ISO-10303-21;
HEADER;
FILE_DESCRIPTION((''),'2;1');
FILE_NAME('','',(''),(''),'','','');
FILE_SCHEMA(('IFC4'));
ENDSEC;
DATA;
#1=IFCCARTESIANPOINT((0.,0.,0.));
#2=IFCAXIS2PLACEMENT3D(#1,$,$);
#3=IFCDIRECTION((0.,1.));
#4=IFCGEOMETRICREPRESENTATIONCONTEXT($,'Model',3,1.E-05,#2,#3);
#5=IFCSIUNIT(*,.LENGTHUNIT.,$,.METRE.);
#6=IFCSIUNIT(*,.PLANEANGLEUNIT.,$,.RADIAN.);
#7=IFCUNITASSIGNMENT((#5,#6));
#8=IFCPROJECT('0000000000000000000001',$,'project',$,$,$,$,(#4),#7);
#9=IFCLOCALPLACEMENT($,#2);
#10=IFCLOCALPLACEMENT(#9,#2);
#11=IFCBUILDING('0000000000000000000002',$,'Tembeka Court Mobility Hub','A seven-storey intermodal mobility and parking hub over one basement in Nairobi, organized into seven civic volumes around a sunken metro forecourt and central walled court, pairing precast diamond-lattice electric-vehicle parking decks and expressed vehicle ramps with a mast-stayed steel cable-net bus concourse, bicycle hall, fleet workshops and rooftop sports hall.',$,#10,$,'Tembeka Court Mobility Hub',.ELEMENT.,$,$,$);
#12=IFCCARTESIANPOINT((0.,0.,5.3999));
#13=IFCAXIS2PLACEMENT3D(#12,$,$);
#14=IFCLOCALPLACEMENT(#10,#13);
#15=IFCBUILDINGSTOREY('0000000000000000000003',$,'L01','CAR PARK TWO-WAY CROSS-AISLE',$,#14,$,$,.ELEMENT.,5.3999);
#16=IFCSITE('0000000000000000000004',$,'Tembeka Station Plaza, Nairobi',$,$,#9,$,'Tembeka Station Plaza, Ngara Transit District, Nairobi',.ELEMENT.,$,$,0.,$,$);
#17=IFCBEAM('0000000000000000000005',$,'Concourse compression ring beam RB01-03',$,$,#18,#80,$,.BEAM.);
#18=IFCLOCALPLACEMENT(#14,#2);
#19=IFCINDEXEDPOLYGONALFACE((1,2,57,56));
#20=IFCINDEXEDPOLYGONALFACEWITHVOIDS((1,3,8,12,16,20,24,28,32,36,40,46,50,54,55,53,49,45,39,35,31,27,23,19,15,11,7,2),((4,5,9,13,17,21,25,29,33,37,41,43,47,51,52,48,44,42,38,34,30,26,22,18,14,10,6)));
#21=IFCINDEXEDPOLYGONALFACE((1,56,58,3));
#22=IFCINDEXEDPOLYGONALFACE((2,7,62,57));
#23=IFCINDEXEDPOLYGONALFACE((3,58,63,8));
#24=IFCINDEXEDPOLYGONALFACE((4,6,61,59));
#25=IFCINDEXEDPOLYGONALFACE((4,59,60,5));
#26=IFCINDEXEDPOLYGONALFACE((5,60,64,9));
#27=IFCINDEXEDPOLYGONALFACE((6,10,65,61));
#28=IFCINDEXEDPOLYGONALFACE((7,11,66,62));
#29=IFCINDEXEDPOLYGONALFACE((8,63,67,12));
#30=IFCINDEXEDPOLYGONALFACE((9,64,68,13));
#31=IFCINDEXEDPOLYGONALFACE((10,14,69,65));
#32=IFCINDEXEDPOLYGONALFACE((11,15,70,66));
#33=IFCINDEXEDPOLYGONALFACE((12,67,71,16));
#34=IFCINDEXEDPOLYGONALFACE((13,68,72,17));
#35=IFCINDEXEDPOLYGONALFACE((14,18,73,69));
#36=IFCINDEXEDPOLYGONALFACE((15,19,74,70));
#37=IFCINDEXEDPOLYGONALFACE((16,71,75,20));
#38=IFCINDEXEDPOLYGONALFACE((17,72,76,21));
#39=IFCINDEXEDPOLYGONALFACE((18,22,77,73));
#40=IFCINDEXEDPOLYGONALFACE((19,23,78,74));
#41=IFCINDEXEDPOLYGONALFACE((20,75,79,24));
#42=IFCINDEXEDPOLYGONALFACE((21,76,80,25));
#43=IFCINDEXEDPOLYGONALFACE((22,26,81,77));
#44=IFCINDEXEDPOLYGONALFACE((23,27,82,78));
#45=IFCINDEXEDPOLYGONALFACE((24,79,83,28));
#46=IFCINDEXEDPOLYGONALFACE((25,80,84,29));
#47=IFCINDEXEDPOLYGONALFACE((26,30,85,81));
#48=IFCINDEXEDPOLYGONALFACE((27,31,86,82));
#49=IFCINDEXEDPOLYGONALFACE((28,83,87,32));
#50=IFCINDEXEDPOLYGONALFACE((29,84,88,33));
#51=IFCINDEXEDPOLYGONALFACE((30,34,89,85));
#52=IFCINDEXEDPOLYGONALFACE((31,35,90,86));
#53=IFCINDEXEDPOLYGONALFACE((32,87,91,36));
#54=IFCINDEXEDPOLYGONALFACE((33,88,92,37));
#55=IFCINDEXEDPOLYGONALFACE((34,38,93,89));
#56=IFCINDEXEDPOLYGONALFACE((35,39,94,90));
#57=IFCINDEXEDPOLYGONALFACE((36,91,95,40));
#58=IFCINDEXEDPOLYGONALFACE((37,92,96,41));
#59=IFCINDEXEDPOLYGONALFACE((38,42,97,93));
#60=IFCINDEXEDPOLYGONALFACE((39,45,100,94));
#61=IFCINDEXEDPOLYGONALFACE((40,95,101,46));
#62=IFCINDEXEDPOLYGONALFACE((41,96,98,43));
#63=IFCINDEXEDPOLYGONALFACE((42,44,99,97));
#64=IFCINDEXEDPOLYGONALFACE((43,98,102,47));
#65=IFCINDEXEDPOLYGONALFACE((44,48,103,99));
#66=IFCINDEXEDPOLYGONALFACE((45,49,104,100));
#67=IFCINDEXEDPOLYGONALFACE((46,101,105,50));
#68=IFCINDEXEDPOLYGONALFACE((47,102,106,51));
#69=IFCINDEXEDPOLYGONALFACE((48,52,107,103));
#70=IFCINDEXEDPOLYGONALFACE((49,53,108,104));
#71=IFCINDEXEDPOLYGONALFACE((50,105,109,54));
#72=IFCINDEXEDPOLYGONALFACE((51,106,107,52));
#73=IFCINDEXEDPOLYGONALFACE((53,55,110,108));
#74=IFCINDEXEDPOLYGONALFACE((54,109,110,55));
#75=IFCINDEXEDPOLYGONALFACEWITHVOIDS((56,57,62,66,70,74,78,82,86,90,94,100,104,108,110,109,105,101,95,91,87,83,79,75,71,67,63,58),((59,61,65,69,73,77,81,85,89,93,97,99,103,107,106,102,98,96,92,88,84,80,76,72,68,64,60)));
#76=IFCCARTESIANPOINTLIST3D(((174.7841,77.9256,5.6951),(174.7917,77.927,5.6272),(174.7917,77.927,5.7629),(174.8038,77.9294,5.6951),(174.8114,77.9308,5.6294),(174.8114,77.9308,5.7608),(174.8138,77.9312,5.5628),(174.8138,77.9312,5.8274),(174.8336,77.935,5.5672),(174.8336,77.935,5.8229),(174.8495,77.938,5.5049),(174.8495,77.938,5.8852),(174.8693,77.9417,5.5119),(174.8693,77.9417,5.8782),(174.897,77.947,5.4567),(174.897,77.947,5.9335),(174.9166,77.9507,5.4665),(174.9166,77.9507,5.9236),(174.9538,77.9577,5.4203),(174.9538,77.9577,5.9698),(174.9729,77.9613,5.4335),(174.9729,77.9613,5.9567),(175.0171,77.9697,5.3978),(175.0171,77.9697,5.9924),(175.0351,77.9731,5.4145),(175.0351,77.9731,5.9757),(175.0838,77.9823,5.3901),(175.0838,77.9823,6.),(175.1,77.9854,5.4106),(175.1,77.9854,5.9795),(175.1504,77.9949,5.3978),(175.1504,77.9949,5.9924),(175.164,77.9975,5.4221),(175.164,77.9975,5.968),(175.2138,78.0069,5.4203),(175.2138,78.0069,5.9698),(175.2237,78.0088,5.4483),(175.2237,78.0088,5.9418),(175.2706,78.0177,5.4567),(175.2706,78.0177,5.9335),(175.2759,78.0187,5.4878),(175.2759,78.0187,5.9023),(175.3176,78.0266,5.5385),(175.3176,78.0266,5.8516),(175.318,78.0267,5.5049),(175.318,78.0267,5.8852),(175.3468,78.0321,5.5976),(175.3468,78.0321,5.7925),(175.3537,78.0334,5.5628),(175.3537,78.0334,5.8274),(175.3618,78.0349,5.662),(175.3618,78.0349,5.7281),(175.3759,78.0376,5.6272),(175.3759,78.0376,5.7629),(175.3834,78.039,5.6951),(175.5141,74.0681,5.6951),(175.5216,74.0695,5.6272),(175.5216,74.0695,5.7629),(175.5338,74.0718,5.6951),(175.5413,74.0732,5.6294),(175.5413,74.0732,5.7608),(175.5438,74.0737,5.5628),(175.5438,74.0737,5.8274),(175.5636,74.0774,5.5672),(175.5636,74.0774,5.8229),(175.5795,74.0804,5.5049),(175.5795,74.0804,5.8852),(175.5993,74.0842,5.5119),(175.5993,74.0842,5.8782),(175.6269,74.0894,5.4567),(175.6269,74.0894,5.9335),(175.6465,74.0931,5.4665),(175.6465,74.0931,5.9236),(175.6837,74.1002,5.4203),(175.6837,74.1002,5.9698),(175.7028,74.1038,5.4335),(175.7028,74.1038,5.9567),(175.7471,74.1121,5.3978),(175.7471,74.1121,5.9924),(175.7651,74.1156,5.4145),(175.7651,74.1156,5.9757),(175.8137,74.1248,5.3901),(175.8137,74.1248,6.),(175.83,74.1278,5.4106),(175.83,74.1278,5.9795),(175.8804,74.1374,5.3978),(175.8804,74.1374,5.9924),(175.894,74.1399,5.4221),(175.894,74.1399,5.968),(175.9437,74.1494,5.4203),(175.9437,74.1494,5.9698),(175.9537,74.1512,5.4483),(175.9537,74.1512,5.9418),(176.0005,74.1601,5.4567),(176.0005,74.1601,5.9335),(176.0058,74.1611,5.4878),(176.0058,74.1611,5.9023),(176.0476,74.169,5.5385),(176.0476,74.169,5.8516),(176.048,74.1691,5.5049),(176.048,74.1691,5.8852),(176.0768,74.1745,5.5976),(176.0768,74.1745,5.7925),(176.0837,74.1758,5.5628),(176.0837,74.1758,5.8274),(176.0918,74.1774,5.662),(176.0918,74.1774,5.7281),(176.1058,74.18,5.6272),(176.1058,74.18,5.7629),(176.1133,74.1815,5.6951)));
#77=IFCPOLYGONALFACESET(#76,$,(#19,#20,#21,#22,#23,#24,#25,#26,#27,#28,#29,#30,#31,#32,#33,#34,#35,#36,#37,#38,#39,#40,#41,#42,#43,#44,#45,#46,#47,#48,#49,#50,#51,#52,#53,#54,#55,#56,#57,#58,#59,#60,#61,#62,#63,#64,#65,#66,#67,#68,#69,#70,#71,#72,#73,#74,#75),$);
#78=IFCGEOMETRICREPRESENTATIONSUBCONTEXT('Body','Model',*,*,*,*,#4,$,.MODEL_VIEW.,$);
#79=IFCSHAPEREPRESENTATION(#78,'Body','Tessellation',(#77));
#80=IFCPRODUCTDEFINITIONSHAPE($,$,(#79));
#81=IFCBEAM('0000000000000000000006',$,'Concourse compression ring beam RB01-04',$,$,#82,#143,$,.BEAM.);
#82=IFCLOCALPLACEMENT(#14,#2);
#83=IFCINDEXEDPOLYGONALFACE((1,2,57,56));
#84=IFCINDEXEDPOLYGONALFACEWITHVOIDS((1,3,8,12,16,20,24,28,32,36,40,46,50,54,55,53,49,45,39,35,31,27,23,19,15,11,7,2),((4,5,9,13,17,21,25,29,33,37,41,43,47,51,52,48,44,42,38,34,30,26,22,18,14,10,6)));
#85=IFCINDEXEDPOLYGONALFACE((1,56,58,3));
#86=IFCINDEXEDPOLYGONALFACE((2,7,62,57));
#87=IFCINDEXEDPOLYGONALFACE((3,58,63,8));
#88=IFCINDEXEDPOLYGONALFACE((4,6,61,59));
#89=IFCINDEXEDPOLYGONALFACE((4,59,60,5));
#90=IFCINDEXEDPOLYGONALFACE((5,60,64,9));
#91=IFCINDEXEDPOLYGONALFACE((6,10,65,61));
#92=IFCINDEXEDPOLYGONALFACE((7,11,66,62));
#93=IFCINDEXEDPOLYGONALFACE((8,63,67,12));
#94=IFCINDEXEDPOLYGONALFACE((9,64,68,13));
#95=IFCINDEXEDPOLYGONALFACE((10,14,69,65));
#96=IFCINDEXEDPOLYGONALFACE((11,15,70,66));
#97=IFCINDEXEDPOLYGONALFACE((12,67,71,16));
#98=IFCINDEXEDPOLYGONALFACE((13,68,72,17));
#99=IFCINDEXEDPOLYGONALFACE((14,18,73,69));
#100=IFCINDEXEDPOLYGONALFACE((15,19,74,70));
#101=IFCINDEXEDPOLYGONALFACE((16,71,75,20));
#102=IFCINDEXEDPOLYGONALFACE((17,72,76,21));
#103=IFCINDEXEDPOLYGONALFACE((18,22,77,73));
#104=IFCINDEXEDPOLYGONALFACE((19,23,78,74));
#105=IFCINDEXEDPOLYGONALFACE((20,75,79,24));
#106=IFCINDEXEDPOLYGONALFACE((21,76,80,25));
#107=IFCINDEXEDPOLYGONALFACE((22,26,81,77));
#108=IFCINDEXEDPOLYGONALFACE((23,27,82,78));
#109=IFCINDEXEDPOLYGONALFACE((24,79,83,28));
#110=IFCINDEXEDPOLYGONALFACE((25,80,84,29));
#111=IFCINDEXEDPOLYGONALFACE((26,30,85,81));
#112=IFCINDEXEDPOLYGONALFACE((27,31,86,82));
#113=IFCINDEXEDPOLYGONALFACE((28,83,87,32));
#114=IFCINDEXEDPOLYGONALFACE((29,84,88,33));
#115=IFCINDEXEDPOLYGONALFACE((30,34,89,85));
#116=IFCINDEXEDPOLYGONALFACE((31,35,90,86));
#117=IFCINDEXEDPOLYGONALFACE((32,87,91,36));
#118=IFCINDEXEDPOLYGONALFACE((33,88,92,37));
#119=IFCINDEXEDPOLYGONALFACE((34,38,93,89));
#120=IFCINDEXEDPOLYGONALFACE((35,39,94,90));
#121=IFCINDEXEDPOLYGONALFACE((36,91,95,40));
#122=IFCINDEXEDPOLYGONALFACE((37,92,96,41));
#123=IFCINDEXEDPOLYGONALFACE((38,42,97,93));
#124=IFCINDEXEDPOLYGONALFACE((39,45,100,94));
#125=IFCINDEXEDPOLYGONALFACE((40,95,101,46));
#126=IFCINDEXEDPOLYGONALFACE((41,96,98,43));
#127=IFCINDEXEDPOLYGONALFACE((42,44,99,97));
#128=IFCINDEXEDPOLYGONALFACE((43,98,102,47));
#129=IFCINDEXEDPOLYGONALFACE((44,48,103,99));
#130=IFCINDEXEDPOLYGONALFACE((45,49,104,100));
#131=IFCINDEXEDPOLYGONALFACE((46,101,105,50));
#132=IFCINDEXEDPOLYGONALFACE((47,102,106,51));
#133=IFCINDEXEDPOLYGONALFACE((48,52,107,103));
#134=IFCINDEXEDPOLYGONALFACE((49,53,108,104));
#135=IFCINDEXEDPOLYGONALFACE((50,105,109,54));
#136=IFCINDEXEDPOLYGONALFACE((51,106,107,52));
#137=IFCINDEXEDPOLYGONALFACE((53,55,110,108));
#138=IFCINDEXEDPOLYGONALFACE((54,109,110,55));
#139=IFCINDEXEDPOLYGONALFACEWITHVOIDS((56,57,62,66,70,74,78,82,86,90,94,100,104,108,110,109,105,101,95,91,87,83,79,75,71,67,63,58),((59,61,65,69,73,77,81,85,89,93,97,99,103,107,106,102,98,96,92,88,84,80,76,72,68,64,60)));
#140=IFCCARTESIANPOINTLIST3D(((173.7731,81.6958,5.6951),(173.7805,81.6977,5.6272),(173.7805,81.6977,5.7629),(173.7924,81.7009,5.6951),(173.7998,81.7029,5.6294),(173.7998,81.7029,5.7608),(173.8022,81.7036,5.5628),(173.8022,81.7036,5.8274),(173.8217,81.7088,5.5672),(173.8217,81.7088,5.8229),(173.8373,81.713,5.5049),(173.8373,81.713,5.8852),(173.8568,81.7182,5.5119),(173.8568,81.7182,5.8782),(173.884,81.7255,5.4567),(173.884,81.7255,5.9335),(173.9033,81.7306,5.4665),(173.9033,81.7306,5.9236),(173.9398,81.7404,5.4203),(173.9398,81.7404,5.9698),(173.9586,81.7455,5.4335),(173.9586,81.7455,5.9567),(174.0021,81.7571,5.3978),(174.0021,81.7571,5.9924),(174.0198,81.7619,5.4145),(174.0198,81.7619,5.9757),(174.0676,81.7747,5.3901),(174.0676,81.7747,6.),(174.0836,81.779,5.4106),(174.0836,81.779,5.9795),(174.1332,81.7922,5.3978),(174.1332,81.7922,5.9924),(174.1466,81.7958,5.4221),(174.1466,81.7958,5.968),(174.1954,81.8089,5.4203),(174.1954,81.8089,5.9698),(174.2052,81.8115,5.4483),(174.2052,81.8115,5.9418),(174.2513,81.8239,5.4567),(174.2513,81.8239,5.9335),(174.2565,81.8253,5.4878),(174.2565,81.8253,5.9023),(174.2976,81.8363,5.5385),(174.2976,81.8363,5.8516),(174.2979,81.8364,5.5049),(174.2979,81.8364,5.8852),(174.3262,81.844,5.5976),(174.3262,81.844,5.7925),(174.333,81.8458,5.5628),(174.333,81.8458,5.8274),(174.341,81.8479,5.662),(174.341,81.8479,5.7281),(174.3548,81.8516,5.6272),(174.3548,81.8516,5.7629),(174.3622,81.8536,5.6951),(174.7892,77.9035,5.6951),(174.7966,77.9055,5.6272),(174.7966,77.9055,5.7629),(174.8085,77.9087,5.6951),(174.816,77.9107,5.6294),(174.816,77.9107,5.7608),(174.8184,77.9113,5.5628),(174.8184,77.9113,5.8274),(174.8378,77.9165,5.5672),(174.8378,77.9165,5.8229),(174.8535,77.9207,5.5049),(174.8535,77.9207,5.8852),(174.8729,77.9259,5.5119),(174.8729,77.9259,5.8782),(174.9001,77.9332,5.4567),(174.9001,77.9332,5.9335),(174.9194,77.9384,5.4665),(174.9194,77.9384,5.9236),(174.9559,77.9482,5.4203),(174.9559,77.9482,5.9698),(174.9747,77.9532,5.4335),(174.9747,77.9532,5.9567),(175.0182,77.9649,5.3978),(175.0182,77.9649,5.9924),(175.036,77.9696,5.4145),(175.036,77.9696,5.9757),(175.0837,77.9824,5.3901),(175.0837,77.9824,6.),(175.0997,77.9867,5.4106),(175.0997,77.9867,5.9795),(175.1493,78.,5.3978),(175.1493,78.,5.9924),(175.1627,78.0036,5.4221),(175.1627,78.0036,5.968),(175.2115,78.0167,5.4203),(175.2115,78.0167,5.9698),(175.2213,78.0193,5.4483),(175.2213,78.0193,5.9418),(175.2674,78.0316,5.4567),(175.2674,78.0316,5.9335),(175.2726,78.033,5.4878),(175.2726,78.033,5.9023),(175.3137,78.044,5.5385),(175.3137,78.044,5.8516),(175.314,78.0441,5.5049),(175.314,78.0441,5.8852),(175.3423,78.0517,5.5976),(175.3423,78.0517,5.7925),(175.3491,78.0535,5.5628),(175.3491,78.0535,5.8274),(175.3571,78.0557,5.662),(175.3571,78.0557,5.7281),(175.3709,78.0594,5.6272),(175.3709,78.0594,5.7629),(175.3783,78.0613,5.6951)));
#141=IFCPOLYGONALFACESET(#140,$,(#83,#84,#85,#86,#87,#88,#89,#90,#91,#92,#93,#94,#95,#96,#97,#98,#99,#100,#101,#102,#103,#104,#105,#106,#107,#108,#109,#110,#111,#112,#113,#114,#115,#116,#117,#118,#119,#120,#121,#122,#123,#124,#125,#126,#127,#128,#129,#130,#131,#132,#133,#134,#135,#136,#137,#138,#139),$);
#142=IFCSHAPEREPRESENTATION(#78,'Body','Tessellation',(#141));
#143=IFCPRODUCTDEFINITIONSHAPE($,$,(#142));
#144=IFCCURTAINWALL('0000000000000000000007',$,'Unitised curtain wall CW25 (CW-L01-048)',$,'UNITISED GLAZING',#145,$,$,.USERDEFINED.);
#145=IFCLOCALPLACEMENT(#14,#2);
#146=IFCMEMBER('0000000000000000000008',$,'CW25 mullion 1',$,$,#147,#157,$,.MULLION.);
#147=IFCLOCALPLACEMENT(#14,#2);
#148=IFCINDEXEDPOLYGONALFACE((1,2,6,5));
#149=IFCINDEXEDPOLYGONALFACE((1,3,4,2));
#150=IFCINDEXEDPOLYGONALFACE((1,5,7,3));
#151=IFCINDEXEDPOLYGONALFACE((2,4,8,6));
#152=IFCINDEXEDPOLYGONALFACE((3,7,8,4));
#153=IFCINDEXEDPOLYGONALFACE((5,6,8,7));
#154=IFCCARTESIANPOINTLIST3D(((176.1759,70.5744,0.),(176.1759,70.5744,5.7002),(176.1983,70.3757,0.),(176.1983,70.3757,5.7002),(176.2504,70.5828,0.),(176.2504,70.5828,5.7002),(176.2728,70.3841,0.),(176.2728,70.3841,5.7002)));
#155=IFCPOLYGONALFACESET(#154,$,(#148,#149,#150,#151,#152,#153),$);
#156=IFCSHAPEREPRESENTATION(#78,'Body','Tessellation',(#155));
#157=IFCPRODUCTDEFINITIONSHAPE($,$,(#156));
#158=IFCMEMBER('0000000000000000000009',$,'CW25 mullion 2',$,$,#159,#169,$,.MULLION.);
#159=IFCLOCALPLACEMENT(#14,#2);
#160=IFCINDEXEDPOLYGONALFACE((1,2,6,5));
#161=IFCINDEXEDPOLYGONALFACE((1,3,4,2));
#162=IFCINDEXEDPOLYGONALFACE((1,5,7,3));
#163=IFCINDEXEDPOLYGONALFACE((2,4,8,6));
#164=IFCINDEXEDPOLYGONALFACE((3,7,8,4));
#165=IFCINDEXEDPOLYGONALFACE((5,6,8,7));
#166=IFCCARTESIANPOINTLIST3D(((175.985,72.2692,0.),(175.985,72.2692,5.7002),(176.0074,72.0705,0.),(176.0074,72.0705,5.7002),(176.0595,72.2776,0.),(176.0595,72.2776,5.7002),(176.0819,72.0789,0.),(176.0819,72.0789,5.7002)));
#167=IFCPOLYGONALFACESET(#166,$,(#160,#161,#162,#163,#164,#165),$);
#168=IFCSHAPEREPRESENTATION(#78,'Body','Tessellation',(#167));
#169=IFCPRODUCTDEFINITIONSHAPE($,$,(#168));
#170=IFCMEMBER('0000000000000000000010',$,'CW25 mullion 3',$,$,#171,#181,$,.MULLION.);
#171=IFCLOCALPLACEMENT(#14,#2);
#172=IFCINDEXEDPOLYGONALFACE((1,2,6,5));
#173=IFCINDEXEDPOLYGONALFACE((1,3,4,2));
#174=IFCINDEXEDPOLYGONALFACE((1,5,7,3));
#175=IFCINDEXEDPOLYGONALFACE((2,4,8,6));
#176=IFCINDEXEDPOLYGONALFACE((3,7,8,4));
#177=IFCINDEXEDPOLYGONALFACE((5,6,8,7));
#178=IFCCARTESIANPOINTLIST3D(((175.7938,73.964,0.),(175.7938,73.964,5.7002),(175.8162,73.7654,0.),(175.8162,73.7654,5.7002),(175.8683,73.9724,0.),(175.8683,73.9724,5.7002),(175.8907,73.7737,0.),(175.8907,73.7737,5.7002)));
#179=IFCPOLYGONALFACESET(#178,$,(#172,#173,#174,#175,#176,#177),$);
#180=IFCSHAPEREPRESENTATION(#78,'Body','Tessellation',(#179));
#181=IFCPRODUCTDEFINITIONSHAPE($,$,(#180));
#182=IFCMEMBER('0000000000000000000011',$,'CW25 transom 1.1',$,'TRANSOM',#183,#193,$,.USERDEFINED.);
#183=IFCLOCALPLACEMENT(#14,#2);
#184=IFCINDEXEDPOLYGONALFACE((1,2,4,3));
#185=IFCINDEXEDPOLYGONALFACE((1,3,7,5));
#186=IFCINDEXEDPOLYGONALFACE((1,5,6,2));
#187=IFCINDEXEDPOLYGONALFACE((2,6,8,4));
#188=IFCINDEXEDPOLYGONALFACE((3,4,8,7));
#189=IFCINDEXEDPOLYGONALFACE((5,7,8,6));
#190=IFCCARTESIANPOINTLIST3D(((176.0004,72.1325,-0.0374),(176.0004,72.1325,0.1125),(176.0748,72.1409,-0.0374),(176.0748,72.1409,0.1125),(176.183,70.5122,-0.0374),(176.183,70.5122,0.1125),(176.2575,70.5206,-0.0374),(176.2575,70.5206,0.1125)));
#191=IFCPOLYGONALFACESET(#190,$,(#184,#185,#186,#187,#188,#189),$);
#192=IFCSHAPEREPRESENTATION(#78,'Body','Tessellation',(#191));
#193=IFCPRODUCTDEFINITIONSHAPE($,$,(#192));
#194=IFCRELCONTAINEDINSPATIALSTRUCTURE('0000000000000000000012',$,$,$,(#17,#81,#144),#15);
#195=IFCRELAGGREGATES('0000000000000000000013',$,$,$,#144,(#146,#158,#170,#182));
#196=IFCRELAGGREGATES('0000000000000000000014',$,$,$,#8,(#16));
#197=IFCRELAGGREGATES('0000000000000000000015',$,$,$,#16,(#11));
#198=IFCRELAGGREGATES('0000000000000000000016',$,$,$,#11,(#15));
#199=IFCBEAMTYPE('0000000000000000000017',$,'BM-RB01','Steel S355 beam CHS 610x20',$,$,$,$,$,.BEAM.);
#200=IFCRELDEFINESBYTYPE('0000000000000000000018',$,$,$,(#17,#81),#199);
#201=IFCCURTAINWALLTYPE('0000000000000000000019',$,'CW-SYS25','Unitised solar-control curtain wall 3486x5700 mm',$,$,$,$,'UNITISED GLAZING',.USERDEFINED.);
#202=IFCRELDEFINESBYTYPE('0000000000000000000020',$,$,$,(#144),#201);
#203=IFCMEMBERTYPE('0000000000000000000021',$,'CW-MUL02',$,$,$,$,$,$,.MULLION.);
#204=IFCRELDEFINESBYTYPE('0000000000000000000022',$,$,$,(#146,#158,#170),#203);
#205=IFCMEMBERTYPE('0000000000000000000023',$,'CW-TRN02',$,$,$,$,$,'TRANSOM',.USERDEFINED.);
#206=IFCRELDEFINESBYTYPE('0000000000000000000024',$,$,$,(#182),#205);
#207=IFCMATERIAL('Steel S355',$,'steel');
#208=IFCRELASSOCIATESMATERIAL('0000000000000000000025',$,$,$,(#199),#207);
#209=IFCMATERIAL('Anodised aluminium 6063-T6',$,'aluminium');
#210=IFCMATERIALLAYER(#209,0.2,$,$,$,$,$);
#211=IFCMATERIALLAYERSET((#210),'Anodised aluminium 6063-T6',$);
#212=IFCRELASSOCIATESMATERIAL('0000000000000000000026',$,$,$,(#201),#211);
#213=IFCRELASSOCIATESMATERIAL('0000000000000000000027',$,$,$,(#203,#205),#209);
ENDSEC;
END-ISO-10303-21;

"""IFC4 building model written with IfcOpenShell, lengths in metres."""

from ifc_helpers import new_model, si_unit, direction, frame, origin, origin_2d, place, context, subcontext, project, spatial, rectangle, hollow_circle, extrude, material, layer, layer_set, material_profile, profile_set, type_object, element, aggregate, save


model = new_model("IFC4")

# Units and contexts
model_context = context("Model", 3, precision=1e-05, world=origin(), true_north=direction((0.0, 1.0)))
body_context = subcontext(model_context, "Body", "Model", "MODEL_VIEW")
ifc_project = project(units=[si_unit("LENGTHUNIT", "METRE"), si_unit("PLANEANGLEUNIT", "RADIAN")], contexts=[model_context])

# Site, building, storey
site_placement = place(None, origin())
site = spatial("IfcSite", under=ifc_project, at=site_placement, Name="Tembeka Station Plaza, Nairobi", LongName="Tembeka Station Plaza, Ngara Transit District, Nairobi", CompositionType="ELEMENT", RefElevation=0.0)
building_placement = place(site_placement, origin())
building = spatial("IfcBuilding", under=site, at=building_placement, Name="Tembeka Court Mobility Hub", Description="A seven-storey intermodal mobility and parking hub over one basement in Nairobi, organized into seven civic volumes around a sunken metro forecourt and central walled court, pairing precast diamond-lattice electric-vehicle parking decks and expressed vehicle ramps with a mast-stayed steel cable-net bus concourse, bicycle hall, fleet workshops and rooftop sports hall.", LongName="Tembeka Court Mobility Hub", CompositionType="ELEMENT")
storey_placement = place(building_placement, frame((0.0, 0.0, 5.3999)))
storey = spatial("IfcBuildingStorey", under=building, at=storey_placement, Name="L01", Description="CAR PARK TWO-WAY CROSS-AISLE", CompositionType="ELEMENT", Elevation=5.3999)

# Shared definitions
ifc_material_1 = material(Name="Steel S355", Category="steel")

# Beams
ifc_material_profile_1 = material_profile(ifc_material_1, hollow_circle(Radius=0.3049, WallThickness=0.02, at=origin_2d()), Name="CHS 610x20")
ifc_profile_set_1 = profile_set([ifc_material_profile_1], Name="Steel S355")
beam_type = type_object("IfcBeamType", Name="BM-RB01", Description="Steel S355 beam CHS 610x20", PredefinedType="BEAM", material=ifc_profile_set_1)
for number, where, z_axis, x_axis, name in (
    (1, (175.8137, 74.1248, 5.6951), (-0.185929, 0.982563, 0.0), (-0.982563, -0.185929, 0.0), "Concourse compression ring beam RB01-03"),
    (2, (175.0837, 77.9824, 5.6951), (-0.258816, 0.965927, 0.0), (-0.965927, -0.258816, 0.0), "Concourse compression ring beam RB01-04"),
):
    element("IfcBeam", number, at=place(storey_placement, frame(where, z_axis=z_axis, x_axis=x_axis)), inside=storey, type_object=beam_type, Name=name, PredefinedType="BEAM", context=body_context, shape_type="SweptSolid", body=[
        extrude(hollow_circle(Radius=0.3049, WallThickness=0.02, at=origin_2d()), origin(), (0.0, 0.0, 1.0), 3.926),
    ])

# Curtain wall, members
ifc_material_2 = material(Name="Anodised aluminium 6063-T6", Category="aluminium")
ifc_layer_1 = layer(ifc_material_2, 0.2)
ifc_layer_set_1 = layer_set([ifc_layer_1], Name="Anodised aluminium 6063-T6")
curtain_wall_type = type_object("IfcCurtainWallType", Name="CW-SYS25", Description="Unitised solar-control curtain wall 3486x5700 mm", ElementType="UNITISED GLAZING", PredefinedType="USERDEFINED", material=ifc_layer_set_1)
curtain_wall_placement = place(storey_placement, origin())
curtain_wall = element("IfcCurtainWall", 3, at=curtain_wall_placement, inside=storey, type_object=curtain_wall_type, Name="Unitised curtain wall CW25 (CW-L01-048)", ObjectType="UNITISED GLAZING", PredefinedType="USERDEFINED")
ifc_material_profile_2 = material_profile(ifc_material_2, rectangle(XDim=0.075, YDim=0.2, at=origin_2d()), Name="ALU-MUL 75x200")
ifc_profile_set_2 = profile_set([ifc_material_profile_2], Name="Anodised aluminium 6063-T6")
member_type_1 = type_object("IfcMemberType", Name="CW-MUL02", PredefinedType="MULLION", material=ifc_profile_set_2)
member_1_placement = place(storey_placement, frame((176.2244, 70.4792, 0.0), z_axis=(0.0, 0.0, 1.0), x_axis=(-0.99371, -0.111987, 0.0)))
member_1 = element("IfcMember", 4, at=member_1_placement, type_object=member_type_1, Name="CW25 mullion 1", PredefinedType="MULLION", context=body_context, shape_type="SweptSolid", body=[
    extrude(rectangle(XDim=0.075, YDim=0.2, at=origin_2d()), origin(), (0.0, 0.0, 1.0), 5.7002),
])
member_2_placement = place(storey_placement, frame((176.0334, 72.1741, 0.0), z_axis=(0.0, 0.0, 1.0), x_axis=(-0.99371, -0.111987, 0.0)))
member_2 = element("IfcMember", 5, at=member_2_placement, type_object=member_type_1, Name="CW25 mullion 2", PredefinedType="MULLION", context=body_context, shape_type="SweptSolid", body=[
    extrude(rectangle(XDim=0.075, YDim=0.2, at=origin_2d()), origin(), (0.0, 0.0, 1.0), 5.7002),
])
member_3_placement = place(storey_placement, frame((175.8423, 73.8689, 0.0), z_axis=(0.0, 0.0, 1.0), x_axis=(-0.99371, -0.111987, 0.0)))
member_3 = element("IfcMember", 6, at=member_3_placement, type_object=member_type_1, Name="CW25 mullion 3", PredefinedType="MULLION", context=body_context, shape_type="SweptSolid", body=[
    extrude(rectangle(XDim=0.075, YDim=0.2, at=origin_2d()), origin(), (0.0, 0.0, 1.0), 5.7002),
])
ifc_material_profile_3 = material_profile(ifc_material_2, rectangle(XDim=0.075, YDim=0.1499, at=origin_2d()), Name="ALU-TRN 75x150")
ifc_profile_set_3 = profile_set([ifc_material_profile_3], Name="Anodised aluminium 6063-T6")
member_type_2 = type_object("IfcMemberType", Name="CW-TRN02", ElementType="TRANSOM", PredefinedType="USERDEFINED", material=ifc_profile_set_3)
member_4_placement = place(storey_placement, frame((176.2202, 70.5164, 0.0376), z_axis=(-0.111993, 0.993709, 0.0), x_axis=(-0.993709, -0.111993, 0.0)))
member_4 = element("IfcMember", 7, at=member_4_placement, type_object=member_type_2, Name="CW25 transom 1.1", ObjectType="TRANSOM", PredefinedType="USERDEFINED", context=body_context, shape_type="SweptSolid", body=[
    extrude(rectangle(XDim=0.075, YDim=0.1499, at=origin_2d()), origin(), (0.0, 0.0, 1.0), 1.6306),
])
aggregate(curtain_wall, [member_1, member_2, member_3, member_4])

save(model, "model.ifc")
